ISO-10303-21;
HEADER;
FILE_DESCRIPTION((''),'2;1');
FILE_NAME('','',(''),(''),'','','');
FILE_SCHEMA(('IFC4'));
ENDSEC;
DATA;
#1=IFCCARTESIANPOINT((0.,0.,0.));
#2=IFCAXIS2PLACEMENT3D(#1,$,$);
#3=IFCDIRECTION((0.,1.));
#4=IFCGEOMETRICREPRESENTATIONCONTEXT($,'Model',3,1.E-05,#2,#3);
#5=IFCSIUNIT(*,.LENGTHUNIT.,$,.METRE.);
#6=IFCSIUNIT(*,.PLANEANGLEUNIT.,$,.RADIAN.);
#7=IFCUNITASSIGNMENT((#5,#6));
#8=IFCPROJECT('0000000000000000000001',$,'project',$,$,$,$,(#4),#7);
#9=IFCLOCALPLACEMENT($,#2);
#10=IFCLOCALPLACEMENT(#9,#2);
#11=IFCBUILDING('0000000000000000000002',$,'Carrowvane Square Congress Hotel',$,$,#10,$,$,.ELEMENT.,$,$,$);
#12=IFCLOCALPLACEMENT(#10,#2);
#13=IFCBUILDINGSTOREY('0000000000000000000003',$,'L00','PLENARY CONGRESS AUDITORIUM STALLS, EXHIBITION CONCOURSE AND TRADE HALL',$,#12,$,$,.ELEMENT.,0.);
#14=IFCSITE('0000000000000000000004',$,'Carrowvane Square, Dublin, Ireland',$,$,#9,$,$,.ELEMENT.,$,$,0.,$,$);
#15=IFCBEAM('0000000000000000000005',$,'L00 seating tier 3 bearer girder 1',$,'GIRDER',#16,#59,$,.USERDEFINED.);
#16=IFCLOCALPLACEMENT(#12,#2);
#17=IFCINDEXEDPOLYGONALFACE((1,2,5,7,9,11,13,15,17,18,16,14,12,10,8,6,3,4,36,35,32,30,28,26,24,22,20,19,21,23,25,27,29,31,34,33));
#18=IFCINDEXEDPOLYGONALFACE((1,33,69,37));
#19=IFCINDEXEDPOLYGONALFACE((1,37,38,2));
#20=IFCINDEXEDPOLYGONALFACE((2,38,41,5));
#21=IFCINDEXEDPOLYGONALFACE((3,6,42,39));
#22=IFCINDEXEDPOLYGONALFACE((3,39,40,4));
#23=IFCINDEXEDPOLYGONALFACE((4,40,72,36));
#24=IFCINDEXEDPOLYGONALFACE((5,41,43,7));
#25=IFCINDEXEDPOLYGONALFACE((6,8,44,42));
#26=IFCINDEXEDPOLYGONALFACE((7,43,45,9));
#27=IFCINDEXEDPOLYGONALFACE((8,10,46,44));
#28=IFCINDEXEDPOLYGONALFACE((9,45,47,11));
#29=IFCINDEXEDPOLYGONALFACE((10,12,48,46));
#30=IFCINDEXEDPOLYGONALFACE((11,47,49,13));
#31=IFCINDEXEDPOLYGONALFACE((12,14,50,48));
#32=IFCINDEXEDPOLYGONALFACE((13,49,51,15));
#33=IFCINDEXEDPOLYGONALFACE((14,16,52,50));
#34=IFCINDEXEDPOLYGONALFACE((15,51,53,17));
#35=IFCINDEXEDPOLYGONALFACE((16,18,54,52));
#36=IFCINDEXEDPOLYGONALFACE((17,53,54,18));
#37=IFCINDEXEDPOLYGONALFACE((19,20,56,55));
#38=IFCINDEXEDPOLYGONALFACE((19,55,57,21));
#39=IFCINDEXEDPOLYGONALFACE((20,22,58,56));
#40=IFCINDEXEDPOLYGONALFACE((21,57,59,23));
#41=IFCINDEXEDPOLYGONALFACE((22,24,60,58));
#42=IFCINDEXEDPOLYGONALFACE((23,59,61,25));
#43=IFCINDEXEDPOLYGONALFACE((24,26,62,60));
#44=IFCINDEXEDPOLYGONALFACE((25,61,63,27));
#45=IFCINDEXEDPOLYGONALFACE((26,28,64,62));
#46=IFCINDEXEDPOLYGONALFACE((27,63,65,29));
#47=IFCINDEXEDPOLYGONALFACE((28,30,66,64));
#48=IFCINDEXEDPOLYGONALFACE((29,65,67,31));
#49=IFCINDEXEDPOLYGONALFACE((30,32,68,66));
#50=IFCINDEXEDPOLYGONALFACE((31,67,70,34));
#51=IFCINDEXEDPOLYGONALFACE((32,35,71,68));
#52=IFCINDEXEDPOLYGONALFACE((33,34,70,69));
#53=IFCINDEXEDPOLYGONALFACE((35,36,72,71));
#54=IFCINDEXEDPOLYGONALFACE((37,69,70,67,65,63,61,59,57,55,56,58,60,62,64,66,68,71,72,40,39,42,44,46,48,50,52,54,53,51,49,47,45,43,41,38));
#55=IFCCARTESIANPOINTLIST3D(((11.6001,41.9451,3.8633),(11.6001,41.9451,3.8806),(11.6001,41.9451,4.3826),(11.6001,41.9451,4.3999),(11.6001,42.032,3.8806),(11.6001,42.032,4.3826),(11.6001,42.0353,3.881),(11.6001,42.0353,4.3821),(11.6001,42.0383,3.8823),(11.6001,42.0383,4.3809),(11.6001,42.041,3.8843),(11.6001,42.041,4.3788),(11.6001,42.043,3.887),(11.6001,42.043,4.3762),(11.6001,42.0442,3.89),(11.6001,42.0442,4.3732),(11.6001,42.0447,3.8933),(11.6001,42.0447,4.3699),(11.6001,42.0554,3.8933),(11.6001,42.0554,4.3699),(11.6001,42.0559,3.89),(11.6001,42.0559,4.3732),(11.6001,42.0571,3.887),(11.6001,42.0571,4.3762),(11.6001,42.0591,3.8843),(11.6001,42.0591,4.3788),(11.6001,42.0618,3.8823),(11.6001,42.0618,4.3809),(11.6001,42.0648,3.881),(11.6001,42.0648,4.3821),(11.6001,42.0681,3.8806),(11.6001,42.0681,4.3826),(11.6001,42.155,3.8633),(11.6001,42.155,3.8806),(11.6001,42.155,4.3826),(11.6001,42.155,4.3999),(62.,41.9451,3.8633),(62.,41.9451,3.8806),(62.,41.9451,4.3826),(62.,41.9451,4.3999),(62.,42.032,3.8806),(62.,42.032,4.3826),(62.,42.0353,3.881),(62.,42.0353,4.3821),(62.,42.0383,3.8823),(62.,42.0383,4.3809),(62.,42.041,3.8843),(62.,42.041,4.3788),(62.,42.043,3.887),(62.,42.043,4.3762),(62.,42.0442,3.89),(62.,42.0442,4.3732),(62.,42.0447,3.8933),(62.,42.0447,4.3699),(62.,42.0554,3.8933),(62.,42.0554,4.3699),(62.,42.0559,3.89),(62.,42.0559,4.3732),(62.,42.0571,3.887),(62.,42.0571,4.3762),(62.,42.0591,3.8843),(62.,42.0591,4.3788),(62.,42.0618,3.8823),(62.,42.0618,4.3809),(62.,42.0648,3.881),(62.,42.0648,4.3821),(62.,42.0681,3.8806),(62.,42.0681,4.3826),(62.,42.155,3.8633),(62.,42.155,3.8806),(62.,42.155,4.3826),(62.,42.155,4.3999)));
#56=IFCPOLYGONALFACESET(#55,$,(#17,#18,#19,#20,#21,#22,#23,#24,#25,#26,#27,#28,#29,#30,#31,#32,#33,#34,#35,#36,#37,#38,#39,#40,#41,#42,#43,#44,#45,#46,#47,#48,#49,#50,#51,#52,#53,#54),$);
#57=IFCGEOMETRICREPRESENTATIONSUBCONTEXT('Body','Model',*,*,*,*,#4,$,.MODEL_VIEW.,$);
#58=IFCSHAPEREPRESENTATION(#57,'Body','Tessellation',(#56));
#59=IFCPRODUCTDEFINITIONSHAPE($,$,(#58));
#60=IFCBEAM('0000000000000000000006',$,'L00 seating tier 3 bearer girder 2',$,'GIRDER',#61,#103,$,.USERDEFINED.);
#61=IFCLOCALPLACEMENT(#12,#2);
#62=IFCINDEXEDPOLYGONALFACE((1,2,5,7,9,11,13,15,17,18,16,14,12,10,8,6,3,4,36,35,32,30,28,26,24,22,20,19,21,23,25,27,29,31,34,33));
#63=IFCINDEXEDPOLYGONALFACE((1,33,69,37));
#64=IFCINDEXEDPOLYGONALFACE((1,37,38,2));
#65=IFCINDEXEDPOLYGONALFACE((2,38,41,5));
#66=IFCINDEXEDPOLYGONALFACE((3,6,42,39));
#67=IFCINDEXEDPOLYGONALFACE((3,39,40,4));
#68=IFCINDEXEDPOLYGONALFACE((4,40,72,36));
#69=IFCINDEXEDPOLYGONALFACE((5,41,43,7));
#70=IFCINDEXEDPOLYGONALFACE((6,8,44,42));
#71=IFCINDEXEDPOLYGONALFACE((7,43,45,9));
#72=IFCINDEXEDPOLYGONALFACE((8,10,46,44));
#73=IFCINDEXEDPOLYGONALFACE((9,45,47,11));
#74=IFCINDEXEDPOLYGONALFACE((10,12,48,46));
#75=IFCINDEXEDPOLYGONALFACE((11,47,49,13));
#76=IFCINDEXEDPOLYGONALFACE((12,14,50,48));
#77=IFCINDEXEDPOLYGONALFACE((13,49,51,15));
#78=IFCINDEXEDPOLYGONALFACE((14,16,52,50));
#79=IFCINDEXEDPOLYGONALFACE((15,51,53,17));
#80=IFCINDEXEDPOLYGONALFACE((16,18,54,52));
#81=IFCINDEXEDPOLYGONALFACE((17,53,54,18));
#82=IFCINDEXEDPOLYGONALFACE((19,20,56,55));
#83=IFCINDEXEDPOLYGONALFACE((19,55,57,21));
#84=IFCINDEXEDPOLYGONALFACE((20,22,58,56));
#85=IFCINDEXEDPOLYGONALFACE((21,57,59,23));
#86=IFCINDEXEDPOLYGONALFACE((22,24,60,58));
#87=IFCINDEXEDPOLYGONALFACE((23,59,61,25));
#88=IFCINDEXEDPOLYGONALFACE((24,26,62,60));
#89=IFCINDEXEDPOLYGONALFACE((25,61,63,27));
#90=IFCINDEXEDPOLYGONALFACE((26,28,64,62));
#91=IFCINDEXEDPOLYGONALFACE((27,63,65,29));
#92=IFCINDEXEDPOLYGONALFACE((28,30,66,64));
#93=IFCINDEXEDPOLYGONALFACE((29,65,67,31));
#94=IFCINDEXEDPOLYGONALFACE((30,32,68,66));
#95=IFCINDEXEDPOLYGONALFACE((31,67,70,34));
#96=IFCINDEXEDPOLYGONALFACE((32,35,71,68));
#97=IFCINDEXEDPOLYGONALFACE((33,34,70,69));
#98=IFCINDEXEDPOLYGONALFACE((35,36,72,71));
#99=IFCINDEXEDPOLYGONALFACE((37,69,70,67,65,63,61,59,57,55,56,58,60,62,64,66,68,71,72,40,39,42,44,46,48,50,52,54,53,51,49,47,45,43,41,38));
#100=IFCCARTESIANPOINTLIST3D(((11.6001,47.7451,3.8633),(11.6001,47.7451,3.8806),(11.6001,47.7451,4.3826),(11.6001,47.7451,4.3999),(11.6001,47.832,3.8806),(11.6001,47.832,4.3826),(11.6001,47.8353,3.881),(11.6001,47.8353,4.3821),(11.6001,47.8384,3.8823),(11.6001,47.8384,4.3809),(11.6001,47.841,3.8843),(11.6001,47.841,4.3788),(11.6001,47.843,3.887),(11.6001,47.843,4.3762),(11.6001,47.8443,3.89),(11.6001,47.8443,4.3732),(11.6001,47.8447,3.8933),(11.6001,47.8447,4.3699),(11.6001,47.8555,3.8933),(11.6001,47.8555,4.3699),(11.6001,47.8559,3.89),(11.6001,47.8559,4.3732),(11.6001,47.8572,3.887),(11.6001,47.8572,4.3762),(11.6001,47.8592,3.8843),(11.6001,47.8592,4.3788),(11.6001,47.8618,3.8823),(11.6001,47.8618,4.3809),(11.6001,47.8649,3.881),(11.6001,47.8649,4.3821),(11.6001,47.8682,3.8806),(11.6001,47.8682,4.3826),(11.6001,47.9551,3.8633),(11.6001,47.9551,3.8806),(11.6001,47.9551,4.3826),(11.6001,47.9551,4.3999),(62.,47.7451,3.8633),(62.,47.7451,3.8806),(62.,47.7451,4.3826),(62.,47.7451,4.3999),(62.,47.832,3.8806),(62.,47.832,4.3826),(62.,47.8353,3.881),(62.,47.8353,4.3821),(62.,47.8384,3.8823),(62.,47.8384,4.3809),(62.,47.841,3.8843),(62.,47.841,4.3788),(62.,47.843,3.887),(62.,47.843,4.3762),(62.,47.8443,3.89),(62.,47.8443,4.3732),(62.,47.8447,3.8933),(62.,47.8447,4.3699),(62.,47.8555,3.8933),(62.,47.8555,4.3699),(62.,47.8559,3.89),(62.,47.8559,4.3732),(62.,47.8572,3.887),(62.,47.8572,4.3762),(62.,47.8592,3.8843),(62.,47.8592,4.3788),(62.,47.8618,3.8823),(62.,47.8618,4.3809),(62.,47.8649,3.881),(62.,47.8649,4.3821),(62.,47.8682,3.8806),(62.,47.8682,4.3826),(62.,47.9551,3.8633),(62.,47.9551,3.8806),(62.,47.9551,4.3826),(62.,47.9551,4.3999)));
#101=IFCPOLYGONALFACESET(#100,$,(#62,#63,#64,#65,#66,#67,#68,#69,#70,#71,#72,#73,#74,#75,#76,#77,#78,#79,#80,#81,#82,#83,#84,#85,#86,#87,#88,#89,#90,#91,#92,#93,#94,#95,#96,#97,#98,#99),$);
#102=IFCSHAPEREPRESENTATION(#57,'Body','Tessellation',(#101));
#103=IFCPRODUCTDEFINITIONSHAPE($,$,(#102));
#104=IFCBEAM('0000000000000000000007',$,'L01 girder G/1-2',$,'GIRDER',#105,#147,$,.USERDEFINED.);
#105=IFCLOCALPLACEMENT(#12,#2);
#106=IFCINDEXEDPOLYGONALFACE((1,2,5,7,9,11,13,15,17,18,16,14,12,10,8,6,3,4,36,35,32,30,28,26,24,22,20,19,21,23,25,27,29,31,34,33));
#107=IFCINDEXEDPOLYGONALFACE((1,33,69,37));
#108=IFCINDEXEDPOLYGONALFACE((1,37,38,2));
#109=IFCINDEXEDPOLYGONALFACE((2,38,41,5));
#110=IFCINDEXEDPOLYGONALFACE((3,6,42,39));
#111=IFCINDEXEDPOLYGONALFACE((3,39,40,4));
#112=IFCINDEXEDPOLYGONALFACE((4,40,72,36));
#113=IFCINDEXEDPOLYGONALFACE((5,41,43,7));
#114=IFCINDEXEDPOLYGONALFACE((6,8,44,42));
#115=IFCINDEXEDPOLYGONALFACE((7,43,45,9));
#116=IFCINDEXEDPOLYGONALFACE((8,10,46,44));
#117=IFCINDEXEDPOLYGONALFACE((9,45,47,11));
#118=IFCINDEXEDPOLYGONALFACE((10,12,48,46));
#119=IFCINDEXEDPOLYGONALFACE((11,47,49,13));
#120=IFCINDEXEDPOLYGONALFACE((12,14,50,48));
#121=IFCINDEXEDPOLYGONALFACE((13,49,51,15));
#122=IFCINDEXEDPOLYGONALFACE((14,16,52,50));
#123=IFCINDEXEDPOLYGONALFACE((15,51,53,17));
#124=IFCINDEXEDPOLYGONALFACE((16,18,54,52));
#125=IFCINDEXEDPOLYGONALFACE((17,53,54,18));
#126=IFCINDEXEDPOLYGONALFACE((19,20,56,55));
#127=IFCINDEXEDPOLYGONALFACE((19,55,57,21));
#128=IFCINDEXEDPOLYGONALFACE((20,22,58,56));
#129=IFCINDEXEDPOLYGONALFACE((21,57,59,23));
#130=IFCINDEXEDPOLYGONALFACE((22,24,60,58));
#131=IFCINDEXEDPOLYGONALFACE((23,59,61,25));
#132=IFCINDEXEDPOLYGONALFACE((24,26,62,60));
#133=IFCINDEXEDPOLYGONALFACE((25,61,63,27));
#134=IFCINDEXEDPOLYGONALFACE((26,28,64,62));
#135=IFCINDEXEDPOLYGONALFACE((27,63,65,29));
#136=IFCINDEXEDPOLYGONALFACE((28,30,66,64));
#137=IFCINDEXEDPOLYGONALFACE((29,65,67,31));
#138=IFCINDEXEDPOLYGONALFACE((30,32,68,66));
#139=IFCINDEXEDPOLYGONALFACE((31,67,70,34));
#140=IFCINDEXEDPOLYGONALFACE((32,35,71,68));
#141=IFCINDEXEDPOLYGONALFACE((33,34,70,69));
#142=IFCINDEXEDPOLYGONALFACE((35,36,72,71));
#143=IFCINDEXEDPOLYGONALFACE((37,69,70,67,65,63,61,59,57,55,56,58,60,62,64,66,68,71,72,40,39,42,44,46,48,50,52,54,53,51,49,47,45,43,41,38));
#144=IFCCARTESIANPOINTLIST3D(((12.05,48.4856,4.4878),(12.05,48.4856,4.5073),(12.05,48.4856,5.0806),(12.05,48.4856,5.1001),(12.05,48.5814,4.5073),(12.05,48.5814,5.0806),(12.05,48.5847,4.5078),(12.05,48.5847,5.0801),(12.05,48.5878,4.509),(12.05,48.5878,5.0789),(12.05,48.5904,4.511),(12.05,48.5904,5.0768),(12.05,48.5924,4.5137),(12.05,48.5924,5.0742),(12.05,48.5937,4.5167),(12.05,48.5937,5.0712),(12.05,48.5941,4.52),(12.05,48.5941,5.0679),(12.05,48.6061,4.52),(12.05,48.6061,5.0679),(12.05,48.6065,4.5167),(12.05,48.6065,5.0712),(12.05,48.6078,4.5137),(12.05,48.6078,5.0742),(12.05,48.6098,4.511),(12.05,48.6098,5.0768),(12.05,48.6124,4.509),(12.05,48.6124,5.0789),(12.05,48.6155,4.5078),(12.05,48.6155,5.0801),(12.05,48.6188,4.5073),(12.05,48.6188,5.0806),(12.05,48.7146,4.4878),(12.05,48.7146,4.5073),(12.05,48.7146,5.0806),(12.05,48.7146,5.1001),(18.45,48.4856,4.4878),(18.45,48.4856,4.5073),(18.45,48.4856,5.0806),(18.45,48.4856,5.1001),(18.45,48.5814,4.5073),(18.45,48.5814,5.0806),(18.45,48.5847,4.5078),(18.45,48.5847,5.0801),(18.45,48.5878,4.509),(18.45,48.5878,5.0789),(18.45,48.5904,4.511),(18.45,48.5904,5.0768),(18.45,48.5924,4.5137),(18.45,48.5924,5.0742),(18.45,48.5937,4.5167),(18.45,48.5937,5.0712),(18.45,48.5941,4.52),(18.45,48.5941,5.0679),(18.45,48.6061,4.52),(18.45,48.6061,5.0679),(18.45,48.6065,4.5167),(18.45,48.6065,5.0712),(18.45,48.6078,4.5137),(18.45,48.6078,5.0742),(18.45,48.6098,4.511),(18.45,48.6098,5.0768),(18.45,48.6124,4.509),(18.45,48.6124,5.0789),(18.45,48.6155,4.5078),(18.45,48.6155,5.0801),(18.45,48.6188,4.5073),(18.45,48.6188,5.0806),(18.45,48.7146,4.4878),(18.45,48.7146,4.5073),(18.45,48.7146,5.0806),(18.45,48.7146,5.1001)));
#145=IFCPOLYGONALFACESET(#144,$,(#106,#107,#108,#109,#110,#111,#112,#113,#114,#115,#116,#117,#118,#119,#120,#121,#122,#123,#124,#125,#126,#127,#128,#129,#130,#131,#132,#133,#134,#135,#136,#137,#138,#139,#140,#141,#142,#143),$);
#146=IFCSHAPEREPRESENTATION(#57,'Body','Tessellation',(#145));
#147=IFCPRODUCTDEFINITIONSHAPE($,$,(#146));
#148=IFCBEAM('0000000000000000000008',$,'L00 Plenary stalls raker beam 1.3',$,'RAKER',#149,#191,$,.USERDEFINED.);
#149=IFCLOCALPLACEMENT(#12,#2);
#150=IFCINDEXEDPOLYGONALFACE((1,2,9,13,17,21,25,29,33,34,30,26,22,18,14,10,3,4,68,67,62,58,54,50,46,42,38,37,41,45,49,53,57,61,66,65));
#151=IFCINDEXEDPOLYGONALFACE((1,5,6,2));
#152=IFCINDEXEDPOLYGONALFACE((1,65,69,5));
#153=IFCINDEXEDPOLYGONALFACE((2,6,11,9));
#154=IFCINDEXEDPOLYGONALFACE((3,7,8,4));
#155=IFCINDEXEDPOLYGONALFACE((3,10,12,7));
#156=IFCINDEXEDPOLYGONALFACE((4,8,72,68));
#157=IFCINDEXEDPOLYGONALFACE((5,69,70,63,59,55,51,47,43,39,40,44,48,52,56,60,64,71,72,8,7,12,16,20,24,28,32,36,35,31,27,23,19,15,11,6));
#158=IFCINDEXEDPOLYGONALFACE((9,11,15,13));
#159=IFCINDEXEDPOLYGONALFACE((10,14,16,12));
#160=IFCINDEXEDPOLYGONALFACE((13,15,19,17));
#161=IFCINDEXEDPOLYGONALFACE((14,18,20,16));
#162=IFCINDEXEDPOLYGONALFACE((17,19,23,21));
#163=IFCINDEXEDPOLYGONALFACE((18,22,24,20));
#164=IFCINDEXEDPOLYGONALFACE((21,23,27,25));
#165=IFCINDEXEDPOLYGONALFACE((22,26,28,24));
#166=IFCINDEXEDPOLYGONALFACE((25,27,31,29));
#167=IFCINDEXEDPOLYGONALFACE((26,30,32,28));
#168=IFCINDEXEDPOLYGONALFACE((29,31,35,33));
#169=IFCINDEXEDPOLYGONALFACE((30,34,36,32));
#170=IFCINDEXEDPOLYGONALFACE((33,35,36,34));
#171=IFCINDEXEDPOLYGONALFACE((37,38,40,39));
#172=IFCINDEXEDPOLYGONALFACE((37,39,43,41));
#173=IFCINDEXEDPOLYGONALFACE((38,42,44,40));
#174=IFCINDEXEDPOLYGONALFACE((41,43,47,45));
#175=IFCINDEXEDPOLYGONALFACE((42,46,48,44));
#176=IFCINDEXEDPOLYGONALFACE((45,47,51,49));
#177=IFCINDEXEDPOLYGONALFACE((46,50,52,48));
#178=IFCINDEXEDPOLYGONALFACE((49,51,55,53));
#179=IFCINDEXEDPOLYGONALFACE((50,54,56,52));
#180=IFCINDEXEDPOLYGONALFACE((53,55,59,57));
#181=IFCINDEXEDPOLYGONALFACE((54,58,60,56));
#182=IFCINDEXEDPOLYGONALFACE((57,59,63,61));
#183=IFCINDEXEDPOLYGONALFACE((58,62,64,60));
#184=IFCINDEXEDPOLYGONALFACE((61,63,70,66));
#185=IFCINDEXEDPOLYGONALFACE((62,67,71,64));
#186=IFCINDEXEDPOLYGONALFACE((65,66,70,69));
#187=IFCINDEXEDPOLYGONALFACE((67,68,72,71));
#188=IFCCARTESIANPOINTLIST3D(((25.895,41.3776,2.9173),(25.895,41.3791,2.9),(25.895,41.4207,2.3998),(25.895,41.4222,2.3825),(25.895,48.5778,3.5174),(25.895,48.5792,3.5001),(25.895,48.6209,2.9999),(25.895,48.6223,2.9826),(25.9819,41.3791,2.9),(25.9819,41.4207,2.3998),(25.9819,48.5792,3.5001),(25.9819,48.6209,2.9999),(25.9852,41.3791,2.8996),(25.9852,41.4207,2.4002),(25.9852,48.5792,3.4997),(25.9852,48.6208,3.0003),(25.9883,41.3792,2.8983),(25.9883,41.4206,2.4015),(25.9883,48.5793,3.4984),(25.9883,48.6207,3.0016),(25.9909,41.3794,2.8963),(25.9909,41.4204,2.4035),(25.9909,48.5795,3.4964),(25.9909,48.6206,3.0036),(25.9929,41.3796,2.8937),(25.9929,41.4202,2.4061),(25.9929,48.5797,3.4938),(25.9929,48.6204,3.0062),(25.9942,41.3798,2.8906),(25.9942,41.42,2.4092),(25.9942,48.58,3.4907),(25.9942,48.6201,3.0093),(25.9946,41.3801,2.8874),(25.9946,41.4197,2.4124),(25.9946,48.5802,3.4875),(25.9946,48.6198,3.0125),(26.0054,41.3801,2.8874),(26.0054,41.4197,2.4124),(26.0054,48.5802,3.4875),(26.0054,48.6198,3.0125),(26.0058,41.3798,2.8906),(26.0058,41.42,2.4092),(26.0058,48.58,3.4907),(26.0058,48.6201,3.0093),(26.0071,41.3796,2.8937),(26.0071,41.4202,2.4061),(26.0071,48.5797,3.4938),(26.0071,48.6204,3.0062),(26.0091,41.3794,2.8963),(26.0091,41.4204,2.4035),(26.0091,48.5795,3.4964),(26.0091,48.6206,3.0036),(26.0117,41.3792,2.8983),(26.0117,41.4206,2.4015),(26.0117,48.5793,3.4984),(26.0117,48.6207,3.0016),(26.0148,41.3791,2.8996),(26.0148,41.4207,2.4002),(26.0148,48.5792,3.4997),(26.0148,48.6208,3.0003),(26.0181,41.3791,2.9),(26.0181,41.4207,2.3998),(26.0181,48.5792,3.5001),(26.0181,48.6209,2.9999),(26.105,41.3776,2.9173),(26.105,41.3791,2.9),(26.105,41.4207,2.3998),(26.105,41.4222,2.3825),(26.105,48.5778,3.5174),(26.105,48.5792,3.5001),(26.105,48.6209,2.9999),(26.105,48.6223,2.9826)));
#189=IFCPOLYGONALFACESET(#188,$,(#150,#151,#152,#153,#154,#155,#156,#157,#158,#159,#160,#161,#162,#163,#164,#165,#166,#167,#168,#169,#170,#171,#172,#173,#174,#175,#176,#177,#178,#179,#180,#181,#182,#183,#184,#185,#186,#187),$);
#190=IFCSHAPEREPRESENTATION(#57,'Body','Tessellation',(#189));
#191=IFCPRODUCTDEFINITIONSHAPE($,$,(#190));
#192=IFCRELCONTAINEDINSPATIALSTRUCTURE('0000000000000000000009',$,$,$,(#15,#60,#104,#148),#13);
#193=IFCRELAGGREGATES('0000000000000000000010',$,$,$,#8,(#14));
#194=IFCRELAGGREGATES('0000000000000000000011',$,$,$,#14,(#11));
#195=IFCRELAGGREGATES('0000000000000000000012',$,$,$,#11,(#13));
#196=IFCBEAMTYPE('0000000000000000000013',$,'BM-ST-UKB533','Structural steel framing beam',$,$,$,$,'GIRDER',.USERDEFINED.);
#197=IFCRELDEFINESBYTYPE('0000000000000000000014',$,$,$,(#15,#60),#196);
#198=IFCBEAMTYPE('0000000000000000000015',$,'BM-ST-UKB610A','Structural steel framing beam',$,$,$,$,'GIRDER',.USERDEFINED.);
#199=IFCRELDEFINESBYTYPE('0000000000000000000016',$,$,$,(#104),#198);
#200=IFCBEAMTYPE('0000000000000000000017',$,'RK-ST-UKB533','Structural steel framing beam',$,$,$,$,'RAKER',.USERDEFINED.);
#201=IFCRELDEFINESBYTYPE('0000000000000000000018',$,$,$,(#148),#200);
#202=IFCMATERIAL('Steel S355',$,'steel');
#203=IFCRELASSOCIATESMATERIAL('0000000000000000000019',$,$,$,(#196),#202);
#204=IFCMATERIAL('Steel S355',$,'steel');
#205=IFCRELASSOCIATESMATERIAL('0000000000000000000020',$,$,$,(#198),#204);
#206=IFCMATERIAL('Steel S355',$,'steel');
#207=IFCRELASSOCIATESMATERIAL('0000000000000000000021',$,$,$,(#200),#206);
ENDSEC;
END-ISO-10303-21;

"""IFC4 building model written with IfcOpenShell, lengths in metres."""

from ifc_helpers import new_model, si_unit, direction, frame, origin, origin_2d, place, context, subcontext, project, spatial, i_section, extrude, material, material_profile, profile_set, type_object, element, save


model = new_model("IFC4")

# Units and contexts
model_context = context("Model", 3, precision=1e-05, world=origin(), true_north=direction((0.0, 1.0)))
body_context = subcontext(model_context, "Body", "Model", "MODEL_VIEW")
ifc_project = project(units=[si_unit("LENGTHUNIT", "METRE"), si_unit("PLANEANGLEUNIT", "RADIAN")], contexts=[model_context])

# Site, building, storey
site_placement = place(None, origin())
site = spatial("IfcSite", under=ifc_project, at=site_placement, Name="Carrowvane Square, Dublin, Ireland", CompositionType="ELEMENT", RefElevation=0.0)
building_placement = place(site_placement, origin())
building = spatial("IfcBuilding", under=site, at=building_placement, Name="Carrowvane Square Congress Hotel", CompositionType="ELEMENT")
storey_placement = place(building_placement, origin())
storey = spatial("IfcBuildingStorey", under=building, at=storey_placement, Name="L00", Description="PLENARY CONGRESS AUDITORIUM STALLS, EXHIBITION CONCOURSE AND TRADE HALL", CompositionType="ELEMENT", Elevation=0.0)

# Beams
ifc_material_1 = material(Name="Steel S355", Category="steel")
ifc_material_profile_1 = material_profile(ifc_material_1, i_section(OverallWidth=0.21, OverallDepth=0.5366, WebThickness=0.0107, FlangeThickness=0.0173, FilletRadius=0.0127, at=origin_2d()), Name="UKB 533x210x101")
ifc_profile_set_1 = profile_set([ifc_material_profile_1], Name="Steel S355")
beam_type_1 = type_object("IfcBeamType", Name="BM-ST-UKB533", Description="Structural steel framing beam", ElementType="GIRDER", PredefinedType="USERDEFINED", material=ifc_profile_set_1)
for number, where, z_axis, x_axis, name in (
    (1, (11.6001, 42.05, 4.1316), (1.0, 0.0, 0.0), (0.0, 1.0, 0.0), "L00 seating tier 3 bearer girder 1"),
    (2, (11.6001, 47.8501, 4.1316), (1.0, 0.0, 0.0), (0.0, 1.0, 0.0), "L00 seating tier 3 bearer girder 2"),
):
    element("IfcBeam", number, at=place(storey_placement, frame(where, z_axis=z_axis, x_axis=x_axis)), inside=storey, type_object=beam_type_1, Name=name, ObjectType="GIRDER", PredefinedType="USERDEFINED", context=body_context, shape_type="SweptSolid", body=[
        extrude(i_section(OverallWidth=0.21, OverallDepth=0.5366, WebThickness=0.0107, FlangeThickness=0.0173, FilletRadius=0.0127, at=origin_2d()), origin(), (0.0, 0.0, 1.0), 50.3999),
    ])
ifc_material_2 = material(Name="Steel S355", Category="steel")
ifc_material_profile_2 = material_profile(ifc_material_2, i_section(OverallWidth=0.229, OverallDepth=0.6123, WebThickness=0.012, FlangeThickness=0.0195, FilletRadius=0.0127, at=origin_2d()), Name="UKB 610x229x125")
ifc_profile_set_2 = profile_set([ifc_material_profile_2], Name="Steel S355")
beam_type_2 = type_object("IfcBeamType", Name="BM-ST-UKB610A", Description="Structural steel framing beam", ElementType="GIRDER", PredefinedType="USERDEFINED", material=ifc_profile_set_2)
beam_1_placement = place(storey_placement, frame((12.05, 48.6001, 4.7939), z_axis=(1.0, 0.0, 0.0), x_axis=(0.0, 1.0, 0.0)))
element("IfcBeam", 3, at=beam_1_placement, inside=storey, type_object=beam_type_2, Name="L01 girder G/1-2", ObjectType="GIRDER", PredefinedType="USERDEFINED", context=body_context, shape_type="SweptSolid", body=[
    extrude(i_section(OverallWidth=0.229, OverallDepth=0.6123, WebThickness=0.012, FlangeThickness=0.0195, FilletRadius=0.0127, at=origin_2d()), origin(), (0.0, 0.0, 1.0), 6.3999),
])
ifc_material_3 = material(Name="Steel S355", Category="steel")
ifc_material_profile_3 = material_profile(ifc_material_3, i_section(OverallWidth=0.21, OverallDepth=0.5366, WebThickness=0.0107, FlangeThickness=0.0173, FilletRadius=0.0127, at=origin_2d()), Name="UKB 533x210x101")
ifc_profile_set_3 = profile_set([ifc_material_profile_3], Name="Steel S355")
beam_type_3 = type_object("IfcBeamType", Name="RK-ST-UKB533", Description="Structural steel framing beam", ElementType="RAKER", PredefinedType="USERDEFINED", material=ifc_profile_set_3)
beam_2_placement = place(storey_placement, frame((26.0, 41.3999, 2.6499), z_axis=(0.0, 0.996545, 0.083057), x_axis=(-1.0, 0.0, 0.0)))
element("IfcBeam", 4, at=beam_2_placement, inside=storey, type_object=beam_type_3, Name="L00 Plenary stalls raker beam 1.3", ObjectType="RAKER", PredefinedType="USERDEFINED", context=body_context, shape_type="SweptSolid", body=[
    extrude(i_section(OverallWidth=0.21, OverallDepth=0.5366, WebThickness=0.0107, FlangeThickness=0.0173, FilletRadius=0.0127, at=origin_2d()), origin(), (0.0, 0.0, 1.0), 7.2251),
])

save(model, "model.ifc")
